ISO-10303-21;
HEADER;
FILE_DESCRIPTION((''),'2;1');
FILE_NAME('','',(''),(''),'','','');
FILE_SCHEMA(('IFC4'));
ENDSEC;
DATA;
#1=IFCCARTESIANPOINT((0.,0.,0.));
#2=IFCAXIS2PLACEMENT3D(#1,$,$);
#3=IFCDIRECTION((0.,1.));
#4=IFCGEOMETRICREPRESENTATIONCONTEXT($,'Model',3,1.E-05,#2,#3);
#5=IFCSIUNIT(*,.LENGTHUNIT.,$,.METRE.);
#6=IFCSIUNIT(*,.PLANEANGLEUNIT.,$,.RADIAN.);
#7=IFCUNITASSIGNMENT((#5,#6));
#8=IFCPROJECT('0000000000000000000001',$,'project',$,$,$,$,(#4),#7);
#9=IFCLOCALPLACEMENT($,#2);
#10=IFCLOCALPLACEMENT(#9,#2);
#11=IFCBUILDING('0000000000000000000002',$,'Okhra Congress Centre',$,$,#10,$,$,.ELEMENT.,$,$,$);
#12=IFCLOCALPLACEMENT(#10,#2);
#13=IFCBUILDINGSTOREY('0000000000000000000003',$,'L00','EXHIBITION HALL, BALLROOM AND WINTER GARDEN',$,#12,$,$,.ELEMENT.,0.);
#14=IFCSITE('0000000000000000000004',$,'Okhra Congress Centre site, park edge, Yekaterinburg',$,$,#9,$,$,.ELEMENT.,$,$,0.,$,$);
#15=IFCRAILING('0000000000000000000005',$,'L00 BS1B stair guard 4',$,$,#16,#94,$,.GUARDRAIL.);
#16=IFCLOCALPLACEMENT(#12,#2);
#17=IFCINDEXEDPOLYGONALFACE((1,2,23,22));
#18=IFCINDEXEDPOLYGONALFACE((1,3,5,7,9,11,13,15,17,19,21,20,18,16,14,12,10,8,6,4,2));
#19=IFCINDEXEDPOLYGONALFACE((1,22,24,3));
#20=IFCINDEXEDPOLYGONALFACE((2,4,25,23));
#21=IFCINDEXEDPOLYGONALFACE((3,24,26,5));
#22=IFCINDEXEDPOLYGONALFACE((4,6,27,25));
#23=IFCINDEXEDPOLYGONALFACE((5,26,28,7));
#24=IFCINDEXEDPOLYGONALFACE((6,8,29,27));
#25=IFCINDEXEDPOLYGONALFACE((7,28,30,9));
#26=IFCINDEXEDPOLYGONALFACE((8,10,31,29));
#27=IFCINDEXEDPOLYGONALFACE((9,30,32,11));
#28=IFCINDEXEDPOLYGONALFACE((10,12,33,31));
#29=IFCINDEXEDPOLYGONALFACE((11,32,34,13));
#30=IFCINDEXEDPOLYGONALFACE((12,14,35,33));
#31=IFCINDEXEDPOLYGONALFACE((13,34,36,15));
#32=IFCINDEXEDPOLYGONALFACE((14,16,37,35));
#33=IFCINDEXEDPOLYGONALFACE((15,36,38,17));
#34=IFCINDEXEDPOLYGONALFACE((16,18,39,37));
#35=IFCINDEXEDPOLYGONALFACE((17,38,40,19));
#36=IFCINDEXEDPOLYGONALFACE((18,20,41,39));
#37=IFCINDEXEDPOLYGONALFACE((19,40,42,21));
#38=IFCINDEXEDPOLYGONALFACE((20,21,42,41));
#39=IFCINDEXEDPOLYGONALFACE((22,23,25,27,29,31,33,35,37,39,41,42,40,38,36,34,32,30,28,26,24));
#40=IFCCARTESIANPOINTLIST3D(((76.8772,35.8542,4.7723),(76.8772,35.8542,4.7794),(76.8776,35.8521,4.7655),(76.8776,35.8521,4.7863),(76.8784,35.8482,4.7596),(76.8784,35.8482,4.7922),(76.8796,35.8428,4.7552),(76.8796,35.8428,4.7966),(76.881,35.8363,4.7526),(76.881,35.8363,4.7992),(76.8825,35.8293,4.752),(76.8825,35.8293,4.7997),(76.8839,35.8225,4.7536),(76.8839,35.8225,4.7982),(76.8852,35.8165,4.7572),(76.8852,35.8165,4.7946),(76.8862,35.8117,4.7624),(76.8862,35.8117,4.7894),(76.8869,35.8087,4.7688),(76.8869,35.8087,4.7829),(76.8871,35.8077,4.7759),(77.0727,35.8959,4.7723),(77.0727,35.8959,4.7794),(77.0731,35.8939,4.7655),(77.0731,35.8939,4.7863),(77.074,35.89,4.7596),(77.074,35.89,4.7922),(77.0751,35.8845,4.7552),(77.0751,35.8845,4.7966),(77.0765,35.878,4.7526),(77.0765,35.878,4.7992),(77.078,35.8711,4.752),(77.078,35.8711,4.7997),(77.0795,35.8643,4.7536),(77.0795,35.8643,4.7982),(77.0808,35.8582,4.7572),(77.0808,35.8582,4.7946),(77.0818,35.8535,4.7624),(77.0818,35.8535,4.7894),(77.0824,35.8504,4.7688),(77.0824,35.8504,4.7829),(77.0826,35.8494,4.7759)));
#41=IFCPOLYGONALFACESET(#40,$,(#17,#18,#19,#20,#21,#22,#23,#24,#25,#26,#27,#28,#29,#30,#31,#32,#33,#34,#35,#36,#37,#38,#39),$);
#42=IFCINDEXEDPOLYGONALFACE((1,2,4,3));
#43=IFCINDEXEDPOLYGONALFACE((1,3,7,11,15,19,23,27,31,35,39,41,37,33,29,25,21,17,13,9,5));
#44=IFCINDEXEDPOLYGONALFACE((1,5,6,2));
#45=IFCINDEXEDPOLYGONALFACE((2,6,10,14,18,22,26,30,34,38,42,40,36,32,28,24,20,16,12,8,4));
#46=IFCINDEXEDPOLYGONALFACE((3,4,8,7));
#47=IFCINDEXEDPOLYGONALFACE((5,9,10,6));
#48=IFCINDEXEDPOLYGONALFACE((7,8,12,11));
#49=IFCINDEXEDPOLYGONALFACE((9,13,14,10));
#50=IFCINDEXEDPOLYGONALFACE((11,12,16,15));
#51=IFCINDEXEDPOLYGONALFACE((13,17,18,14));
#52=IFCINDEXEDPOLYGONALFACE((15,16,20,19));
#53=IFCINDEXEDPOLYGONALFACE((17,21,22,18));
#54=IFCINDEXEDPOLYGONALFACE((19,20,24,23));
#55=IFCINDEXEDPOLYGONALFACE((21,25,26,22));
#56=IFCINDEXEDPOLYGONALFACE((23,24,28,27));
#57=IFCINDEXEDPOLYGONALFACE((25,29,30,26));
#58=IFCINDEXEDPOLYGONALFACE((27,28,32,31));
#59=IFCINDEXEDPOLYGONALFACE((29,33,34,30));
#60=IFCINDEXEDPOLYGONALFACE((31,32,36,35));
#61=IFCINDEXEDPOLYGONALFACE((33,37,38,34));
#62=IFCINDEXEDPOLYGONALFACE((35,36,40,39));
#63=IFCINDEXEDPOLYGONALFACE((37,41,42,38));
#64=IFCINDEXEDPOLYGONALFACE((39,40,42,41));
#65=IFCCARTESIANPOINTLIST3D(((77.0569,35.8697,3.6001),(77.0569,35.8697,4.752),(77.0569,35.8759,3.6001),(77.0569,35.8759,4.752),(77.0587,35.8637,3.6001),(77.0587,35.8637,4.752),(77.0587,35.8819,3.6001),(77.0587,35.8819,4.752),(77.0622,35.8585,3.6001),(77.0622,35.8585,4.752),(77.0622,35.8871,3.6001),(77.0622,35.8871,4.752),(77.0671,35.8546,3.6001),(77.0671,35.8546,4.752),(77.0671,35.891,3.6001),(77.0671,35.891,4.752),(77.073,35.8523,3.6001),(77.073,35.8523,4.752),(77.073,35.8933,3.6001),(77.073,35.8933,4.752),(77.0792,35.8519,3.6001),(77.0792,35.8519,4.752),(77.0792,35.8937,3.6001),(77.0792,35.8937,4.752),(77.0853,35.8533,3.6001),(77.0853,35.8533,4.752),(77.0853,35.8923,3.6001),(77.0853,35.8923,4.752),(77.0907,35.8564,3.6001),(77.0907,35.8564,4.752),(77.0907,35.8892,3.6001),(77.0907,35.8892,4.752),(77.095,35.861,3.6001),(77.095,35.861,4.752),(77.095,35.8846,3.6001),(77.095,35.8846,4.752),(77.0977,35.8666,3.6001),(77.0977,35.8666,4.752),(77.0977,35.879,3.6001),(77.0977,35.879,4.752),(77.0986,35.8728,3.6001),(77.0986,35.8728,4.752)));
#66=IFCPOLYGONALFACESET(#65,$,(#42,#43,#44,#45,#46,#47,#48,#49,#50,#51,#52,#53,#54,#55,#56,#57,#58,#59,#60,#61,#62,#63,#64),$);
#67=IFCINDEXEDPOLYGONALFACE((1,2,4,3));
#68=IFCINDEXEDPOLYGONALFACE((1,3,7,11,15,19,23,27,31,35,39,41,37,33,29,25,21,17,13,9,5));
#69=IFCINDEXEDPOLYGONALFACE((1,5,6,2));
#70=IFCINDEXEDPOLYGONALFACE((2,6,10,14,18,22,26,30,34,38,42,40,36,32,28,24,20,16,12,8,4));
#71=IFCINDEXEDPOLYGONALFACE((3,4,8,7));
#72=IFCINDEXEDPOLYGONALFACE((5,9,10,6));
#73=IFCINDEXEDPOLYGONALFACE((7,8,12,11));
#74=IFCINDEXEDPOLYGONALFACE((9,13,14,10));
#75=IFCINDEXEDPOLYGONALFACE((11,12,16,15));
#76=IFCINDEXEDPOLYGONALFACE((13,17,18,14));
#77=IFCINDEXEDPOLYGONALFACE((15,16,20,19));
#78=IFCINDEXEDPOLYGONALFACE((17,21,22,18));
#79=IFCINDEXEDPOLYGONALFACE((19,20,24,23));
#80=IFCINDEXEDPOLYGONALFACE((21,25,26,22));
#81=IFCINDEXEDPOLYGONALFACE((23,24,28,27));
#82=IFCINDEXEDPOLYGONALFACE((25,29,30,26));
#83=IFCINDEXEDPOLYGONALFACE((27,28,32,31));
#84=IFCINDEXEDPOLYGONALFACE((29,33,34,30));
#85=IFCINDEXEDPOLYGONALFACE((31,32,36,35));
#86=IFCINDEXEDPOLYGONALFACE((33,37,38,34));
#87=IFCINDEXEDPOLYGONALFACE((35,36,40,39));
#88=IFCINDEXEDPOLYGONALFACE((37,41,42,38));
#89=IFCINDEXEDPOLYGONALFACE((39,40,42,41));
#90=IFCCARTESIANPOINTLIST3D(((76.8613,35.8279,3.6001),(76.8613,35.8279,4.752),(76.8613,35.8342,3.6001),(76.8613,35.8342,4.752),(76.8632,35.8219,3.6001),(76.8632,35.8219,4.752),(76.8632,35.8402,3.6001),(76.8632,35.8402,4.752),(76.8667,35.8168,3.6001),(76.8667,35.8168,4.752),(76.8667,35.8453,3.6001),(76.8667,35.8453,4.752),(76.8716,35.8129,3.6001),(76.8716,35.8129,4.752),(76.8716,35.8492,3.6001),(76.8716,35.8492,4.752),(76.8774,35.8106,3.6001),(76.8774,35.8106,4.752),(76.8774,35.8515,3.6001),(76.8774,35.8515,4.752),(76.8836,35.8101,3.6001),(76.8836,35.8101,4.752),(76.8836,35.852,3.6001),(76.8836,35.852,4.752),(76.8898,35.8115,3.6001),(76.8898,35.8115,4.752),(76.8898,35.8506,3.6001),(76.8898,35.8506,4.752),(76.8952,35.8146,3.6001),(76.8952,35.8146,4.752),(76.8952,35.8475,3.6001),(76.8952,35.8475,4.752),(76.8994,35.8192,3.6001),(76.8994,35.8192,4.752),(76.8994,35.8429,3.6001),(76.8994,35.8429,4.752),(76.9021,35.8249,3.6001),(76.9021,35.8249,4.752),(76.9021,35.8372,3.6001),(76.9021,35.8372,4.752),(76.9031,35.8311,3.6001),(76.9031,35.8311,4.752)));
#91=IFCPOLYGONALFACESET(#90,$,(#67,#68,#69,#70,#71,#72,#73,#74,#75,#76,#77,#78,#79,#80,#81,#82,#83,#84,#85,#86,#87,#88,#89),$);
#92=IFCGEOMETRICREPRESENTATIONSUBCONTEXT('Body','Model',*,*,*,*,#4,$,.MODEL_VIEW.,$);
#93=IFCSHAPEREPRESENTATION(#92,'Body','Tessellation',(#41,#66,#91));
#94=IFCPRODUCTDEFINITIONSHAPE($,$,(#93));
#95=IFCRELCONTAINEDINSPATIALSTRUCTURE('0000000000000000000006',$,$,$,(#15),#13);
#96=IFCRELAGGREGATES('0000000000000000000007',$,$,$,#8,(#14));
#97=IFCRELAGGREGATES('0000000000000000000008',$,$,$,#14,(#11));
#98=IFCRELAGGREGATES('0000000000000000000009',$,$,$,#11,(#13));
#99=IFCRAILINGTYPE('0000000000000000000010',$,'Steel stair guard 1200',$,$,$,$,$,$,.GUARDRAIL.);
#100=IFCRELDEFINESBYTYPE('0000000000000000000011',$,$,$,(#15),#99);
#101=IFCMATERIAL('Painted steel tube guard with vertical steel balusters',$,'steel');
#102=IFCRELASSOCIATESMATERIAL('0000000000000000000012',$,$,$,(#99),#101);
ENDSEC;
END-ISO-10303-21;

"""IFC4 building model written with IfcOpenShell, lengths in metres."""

from ifc_helpers import new_model, si_unit, direction, frame, origin, origin_2d, place, context, subcontext, project, spatial, circle, extrude, material, type_object, element, save


model = new_model("IFC4")

# Units and contexts
model_context = context("Model", 3, precision=1e-05, world=origin(), true_north=direction((0.0, 1.0)))
body_context = subcontext(model_context, "Body", "Model", "MODEL_VIEW")
ifc_project = project(units=[si_unit("LENGTHUNIT", "METRE"), si_unit("PLANEANGLEUNIT", "RADIAN")], contexts=[model_context])

# Site, building, storey
site_placement = place(None, origin())
site = spatial("IfcSite", under=ifc_project, at=site_placement, Name="Okhra Congress Centre site, park edge, Yekaterinburg", CompositionType="ELEMENT", RefElevation=0.0)
building_placement = place(site_placement, origin())
building = spatial("IfcBuilding", under=site, at=building_placement, Name="Okhra Congress Centre", CompositionType="ELEMENT")
storey_placement = place(building_placement, origin())
storey = spatial("IfcBuildingStorey", under=building, at=storey_placement, Name="L00", Description="EXHIBITION HALL, BALLROOM AND WINTER GARDEN", CompositionType="ELEMENT", Elevation=0.0)

# Railing
ifc_material_1 = material(Name="Painted steel tube guard with vertical steel balusters", Category="steel")
railing_type_1 = type_object("IfcRailingType", Name="Steel stair guard 1200", PredefinedType="GUARDRAIL", material=ifc_material_1)
railing_1_placement = place(storey_placement, frame((77.0776, 35.8728, 3.6001)))
element("IfcRailing", 1, at=railing_1_placement, inside=storey, type_object=railing_type_1, Name="L00 BS1B stair guard 4", PredefinedType="GUARDRAIL", context=body_context, shape_type="SweptSolid", body=[
    extrude(circle(Radius=0.0239, at=origin_2d()), frame((0.0, 0.0, 1.1758), z_axis=(-0.977963, -0.208779, 0.0), x_axis=(0.208779, -0.977963, 0.0)), (0.0, 0.0, 1.0), 0.2),
    extrude(circle(Radius=0.021, at=origin_2d()), origin(), (0.0, 0.0, 1.0), 1.1519),
    extrude(circle(Radius=0.021, at=origin_2d()), frame((-0.1956, -0.0417, 0.0)), (0.0, 0.0, 1.0), 1.1519),
])

save(model, "model.ifc")
